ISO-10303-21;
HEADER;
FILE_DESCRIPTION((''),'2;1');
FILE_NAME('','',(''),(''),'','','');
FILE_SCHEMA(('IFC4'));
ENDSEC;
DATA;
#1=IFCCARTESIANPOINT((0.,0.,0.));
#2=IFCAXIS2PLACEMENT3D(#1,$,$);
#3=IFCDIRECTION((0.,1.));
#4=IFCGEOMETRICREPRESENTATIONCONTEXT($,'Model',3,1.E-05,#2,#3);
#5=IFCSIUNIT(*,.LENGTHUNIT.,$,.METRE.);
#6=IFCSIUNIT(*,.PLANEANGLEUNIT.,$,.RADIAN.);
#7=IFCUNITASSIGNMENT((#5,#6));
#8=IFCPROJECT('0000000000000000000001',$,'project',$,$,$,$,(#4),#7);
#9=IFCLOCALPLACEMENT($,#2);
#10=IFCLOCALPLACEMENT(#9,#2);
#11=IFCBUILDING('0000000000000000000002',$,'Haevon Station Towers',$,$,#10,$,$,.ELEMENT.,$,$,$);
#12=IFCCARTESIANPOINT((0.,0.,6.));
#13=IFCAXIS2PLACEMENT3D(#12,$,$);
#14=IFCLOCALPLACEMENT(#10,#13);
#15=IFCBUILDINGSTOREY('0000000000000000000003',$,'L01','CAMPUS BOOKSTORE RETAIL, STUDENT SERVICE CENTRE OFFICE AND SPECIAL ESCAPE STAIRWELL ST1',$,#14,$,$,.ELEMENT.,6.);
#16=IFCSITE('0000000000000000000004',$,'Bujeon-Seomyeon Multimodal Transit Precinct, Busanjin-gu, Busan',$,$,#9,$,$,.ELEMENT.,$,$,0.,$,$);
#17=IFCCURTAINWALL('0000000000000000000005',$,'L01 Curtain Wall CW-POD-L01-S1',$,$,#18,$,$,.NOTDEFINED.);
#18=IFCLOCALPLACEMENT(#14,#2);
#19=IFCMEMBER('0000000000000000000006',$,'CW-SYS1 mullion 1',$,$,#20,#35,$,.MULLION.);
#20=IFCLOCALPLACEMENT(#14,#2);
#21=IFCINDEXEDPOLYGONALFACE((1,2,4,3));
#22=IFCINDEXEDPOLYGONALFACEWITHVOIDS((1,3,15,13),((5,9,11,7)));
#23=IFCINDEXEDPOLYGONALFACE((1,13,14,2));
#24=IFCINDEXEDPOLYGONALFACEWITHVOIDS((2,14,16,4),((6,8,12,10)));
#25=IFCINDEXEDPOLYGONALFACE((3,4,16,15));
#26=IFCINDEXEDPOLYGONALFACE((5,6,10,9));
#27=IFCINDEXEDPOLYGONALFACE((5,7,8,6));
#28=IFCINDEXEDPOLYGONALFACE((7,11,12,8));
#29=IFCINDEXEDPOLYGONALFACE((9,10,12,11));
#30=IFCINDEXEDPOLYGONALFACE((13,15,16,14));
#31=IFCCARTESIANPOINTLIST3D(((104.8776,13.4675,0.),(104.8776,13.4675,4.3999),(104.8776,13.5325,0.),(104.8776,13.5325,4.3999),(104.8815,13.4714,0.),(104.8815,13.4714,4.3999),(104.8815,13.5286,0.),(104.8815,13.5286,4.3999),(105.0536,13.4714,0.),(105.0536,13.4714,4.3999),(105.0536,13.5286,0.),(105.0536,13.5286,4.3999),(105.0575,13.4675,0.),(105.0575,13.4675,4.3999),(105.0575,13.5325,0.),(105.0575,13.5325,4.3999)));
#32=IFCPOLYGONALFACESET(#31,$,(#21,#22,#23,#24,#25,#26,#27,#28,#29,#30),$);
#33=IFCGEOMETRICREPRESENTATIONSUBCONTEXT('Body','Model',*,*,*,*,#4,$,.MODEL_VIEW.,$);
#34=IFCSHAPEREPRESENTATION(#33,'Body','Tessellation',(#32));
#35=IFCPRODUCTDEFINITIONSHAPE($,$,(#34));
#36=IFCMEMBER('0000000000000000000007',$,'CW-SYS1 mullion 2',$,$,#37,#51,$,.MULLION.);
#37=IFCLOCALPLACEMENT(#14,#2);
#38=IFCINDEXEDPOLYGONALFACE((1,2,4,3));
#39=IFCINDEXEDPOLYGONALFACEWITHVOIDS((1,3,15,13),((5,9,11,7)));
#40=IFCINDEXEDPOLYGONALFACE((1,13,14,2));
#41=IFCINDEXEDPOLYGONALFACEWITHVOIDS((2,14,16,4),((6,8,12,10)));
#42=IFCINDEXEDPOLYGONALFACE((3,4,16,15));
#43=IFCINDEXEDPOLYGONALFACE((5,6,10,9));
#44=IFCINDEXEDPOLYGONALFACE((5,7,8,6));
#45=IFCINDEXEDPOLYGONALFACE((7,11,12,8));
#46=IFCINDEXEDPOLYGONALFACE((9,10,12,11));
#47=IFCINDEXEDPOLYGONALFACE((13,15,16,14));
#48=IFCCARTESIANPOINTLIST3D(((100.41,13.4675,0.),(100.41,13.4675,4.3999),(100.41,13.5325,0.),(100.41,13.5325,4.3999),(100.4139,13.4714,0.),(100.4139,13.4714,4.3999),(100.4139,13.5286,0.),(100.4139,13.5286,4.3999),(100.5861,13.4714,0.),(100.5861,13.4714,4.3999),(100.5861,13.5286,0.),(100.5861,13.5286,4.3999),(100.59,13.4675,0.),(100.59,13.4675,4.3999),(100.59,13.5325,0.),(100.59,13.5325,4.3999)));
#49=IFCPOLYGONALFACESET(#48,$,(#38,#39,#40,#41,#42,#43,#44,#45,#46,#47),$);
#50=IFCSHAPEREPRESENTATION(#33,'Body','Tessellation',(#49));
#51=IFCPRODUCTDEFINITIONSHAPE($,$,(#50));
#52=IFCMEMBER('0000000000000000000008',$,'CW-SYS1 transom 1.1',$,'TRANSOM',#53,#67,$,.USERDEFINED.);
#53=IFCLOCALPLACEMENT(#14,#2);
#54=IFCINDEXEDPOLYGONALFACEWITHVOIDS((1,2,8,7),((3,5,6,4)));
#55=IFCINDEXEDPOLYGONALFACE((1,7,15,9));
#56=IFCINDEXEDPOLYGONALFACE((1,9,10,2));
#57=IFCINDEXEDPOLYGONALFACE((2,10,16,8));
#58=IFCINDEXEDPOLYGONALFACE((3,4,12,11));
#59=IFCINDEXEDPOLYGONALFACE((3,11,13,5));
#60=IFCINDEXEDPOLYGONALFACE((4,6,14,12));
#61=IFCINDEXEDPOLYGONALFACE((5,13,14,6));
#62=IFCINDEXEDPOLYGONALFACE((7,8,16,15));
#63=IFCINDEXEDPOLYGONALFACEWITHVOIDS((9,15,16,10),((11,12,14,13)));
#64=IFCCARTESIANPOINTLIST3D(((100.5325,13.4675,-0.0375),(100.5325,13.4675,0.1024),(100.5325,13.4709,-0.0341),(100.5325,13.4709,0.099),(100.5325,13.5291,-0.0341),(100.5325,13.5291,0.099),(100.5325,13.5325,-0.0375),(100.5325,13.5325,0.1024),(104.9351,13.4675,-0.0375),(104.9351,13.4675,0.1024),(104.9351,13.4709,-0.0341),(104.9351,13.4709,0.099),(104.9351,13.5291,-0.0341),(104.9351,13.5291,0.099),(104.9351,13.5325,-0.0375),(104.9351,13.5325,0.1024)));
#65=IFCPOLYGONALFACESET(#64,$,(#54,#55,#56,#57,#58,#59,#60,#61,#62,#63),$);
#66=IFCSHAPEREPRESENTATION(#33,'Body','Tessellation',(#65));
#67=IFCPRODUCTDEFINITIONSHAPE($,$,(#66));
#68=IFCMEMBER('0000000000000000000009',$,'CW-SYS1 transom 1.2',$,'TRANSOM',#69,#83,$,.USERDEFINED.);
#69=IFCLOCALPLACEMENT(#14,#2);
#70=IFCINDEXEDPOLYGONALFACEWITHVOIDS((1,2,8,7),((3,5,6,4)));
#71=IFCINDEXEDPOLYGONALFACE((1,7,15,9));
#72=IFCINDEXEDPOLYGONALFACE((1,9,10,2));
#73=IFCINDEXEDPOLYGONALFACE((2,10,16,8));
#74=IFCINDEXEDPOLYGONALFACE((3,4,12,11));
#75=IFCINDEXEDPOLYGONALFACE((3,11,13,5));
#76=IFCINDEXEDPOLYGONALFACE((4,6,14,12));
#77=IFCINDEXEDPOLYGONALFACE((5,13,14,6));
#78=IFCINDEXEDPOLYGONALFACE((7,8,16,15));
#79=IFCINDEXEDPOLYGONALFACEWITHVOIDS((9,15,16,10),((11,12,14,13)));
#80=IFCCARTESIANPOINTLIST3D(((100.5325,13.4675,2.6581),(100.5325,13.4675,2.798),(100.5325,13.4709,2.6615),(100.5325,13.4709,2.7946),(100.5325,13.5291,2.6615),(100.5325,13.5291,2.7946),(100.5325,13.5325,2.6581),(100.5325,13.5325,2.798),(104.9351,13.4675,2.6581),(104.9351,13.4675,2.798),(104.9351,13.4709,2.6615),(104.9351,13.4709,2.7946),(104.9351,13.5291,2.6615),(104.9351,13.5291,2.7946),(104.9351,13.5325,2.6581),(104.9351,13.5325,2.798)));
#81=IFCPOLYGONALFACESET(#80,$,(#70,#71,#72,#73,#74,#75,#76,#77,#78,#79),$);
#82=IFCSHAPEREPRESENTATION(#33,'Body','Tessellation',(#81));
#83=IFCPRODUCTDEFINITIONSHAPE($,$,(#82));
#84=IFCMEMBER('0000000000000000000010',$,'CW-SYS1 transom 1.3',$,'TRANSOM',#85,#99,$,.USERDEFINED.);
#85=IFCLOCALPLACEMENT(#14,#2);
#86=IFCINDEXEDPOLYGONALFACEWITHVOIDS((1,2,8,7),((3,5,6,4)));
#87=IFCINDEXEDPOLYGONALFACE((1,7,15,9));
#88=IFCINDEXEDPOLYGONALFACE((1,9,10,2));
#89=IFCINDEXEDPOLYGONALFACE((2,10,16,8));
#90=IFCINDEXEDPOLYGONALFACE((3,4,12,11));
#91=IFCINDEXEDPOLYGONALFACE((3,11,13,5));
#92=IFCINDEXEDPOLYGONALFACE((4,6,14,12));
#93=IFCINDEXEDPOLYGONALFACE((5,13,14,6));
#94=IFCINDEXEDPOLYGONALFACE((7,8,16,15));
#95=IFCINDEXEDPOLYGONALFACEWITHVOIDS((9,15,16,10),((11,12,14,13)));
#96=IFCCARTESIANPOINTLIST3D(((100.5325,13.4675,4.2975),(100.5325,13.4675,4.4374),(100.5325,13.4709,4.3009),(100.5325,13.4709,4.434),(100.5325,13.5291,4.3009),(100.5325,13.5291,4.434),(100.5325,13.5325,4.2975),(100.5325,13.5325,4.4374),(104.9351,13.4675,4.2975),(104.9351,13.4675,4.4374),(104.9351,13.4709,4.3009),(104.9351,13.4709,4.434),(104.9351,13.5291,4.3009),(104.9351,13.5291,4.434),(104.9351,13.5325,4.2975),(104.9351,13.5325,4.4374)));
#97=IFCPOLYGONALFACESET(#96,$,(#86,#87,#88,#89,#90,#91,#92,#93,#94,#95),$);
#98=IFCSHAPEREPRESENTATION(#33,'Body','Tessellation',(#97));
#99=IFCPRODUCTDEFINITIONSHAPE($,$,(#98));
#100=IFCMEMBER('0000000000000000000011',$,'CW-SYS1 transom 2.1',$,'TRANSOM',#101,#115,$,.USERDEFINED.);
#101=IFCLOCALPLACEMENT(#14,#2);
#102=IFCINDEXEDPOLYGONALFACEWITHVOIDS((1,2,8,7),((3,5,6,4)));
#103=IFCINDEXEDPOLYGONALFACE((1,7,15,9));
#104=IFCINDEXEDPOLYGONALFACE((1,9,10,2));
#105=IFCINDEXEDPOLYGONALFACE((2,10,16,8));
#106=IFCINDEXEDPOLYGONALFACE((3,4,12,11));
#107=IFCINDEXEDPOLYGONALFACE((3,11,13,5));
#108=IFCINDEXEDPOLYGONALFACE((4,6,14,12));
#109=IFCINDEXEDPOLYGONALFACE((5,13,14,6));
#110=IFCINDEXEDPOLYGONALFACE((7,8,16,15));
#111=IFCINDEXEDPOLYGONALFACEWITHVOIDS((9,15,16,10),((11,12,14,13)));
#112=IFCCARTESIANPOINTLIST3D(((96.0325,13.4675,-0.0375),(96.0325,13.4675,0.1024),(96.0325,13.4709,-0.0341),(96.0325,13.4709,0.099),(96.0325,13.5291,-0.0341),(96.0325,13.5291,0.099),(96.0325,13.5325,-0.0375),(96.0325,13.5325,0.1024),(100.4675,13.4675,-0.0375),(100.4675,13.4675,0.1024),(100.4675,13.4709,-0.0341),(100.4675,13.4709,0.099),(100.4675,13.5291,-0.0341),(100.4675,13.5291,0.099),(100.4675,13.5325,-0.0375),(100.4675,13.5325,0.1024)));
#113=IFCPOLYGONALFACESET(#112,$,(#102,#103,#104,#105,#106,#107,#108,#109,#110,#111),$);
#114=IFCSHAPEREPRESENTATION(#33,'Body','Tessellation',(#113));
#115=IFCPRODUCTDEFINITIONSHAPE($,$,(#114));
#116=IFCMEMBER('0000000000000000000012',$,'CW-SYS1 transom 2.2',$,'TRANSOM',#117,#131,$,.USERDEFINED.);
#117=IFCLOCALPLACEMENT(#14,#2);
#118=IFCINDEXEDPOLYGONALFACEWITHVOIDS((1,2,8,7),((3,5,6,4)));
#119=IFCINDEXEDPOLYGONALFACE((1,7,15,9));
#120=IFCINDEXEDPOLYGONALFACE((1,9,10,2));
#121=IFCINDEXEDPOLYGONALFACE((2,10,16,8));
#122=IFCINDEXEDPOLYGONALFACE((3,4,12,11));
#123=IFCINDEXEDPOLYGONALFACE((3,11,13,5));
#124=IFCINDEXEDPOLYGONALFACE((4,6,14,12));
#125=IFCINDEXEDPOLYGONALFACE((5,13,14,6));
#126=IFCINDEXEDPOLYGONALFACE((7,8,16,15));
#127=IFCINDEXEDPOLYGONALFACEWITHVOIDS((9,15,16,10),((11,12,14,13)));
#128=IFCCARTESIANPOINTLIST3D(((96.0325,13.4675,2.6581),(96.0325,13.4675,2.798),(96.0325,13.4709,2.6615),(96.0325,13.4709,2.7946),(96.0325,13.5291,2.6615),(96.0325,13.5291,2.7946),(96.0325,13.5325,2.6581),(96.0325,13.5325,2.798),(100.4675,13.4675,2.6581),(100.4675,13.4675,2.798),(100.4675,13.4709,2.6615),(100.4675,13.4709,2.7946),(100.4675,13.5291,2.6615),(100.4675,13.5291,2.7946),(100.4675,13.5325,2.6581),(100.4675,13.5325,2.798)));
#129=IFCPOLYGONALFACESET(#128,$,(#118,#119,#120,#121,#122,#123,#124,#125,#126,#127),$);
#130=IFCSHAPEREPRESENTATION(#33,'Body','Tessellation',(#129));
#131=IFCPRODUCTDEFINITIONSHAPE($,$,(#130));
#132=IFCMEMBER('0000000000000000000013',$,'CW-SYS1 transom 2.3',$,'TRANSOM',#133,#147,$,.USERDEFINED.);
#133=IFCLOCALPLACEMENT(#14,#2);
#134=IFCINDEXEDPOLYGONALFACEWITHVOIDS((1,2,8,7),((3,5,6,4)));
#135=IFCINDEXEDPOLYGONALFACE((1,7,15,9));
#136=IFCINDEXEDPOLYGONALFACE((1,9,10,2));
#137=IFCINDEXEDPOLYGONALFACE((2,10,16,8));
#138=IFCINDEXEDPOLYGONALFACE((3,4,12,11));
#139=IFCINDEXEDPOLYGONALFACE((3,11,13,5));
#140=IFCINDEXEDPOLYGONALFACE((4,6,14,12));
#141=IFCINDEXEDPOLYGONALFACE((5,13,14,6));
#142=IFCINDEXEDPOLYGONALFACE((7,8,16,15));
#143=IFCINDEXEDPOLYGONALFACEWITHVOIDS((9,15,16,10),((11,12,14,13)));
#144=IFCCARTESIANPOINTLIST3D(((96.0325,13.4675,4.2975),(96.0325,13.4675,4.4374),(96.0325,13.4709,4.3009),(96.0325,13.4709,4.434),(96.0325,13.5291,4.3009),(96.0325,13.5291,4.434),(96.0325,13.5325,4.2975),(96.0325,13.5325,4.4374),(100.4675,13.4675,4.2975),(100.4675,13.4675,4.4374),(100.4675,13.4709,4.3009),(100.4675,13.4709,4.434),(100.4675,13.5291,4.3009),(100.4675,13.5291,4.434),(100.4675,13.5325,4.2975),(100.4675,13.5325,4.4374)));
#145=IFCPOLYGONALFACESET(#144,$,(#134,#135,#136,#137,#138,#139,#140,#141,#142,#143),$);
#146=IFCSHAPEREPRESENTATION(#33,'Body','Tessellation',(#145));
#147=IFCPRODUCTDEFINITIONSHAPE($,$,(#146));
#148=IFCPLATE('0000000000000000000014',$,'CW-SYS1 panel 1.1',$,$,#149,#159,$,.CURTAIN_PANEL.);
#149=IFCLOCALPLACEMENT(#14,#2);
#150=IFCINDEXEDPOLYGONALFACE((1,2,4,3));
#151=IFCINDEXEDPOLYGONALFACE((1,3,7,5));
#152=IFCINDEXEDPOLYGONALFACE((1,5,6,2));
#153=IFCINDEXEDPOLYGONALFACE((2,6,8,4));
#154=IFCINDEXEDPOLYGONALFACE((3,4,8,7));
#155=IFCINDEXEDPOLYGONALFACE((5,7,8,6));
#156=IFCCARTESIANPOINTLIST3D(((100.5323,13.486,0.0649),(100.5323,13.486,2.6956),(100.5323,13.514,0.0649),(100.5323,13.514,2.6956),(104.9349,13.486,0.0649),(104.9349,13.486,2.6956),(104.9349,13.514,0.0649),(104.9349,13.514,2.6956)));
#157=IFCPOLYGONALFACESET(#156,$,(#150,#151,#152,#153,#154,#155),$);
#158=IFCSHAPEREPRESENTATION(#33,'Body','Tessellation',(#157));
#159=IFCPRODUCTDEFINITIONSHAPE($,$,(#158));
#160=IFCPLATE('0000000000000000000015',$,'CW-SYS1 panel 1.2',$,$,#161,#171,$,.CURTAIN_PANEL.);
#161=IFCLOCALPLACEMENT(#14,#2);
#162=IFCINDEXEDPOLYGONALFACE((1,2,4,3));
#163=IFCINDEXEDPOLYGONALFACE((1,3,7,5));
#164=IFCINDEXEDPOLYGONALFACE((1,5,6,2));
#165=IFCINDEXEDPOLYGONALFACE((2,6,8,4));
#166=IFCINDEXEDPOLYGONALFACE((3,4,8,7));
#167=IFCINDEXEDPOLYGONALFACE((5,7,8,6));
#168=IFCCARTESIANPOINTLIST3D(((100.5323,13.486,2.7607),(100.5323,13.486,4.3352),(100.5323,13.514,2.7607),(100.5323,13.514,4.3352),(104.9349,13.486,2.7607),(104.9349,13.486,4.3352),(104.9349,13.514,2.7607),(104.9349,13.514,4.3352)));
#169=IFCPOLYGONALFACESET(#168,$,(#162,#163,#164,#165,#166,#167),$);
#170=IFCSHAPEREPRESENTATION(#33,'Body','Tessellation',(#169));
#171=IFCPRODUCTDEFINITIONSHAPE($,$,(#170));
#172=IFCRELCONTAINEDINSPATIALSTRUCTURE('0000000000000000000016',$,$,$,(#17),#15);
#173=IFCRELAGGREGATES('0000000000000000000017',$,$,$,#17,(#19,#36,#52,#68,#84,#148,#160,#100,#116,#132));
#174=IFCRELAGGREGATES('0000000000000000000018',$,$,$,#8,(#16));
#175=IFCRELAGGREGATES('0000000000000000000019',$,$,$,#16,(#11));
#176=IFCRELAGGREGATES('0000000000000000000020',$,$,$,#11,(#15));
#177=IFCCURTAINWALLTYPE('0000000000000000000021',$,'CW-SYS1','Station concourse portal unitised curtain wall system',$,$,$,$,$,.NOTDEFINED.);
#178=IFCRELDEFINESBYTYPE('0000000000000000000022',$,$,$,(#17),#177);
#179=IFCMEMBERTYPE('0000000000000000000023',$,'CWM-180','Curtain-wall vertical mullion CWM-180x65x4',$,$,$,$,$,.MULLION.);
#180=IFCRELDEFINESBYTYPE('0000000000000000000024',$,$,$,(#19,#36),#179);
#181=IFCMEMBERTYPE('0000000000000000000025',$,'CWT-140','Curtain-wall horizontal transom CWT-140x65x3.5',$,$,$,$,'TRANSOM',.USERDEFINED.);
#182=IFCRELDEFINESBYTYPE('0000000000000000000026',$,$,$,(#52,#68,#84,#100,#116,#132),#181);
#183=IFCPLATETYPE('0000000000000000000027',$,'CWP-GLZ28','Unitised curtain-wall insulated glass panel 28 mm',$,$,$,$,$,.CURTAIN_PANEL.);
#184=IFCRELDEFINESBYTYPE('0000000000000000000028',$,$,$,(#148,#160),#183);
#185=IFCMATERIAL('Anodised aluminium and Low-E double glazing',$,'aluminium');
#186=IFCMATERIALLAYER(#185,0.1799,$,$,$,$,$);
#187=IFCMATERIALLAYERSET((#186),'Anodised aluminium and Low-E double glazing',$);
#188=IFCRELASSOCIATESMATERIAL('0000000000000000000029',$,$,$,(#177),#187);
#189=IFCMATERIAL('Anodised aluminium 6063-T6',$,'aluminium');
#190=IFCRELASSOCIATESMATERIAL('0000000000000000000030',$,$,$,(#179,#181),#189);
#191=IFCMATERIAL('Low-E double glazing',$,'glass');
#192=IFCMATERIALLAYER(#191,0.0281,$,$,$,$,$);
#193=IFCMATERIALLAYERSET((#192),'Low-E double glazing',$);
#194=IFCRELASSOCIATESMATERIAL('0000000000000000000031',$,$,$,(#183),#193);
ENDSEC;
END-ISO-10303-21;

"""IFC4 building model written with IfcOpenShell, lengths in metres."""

from ifc_helpers import new_model, si_unit, direction, frame, origin, origin_2d, place, context, subcontext, project, spatial, rectangle, hollow_rectangle, extrude, material, layer, layer_set, material_profile, profile_set, type_object, element, aggregate, save


model = new_model("IFC4")

# Units and contexts
model_context = context("Model", 3, precision=1e-05, world=origin(), true_north=direction((0.0, 1.0)))
body_context = subcontext(model_context, "Body", "Model", "MODEL_VIEW")
ifc_project = project(units=[si_unit("LENGTHUNIT", "METRE"), si_unit("PLANEANGLEUNIT", "RADIAN")], contexts=[model_context])

# Site, building, storey
site_placement = place(None, origin())
site = spatial("IfcSite", under=ifc_project, at=site_placement, Name="Bujeon-Seomyeon Multimodal Transit Precinct, Busanjin-gu, Busan", CompositionType="ELEMENT", RefElevation=0.0)
building_placement = place(site_placement, origin())
building = spatial("IfcBuilding", under=site, at=building_placement, Name="Haevon Station Towers", CompositionType="ELEMENT")
storey_placement = place(building_placement, frame((0.0, 0.0, 6.0)))
storey = spatial("IfcBuildingStorey", under=building, at=storey_placement, Name="L01", Description="CAMPUS BOOKSTORE RETAIL, STUDENT SERVICE CENTRE OFFICE AND SPECIAL ESCAPE STAIRWELL ST1", CompositionType="ELEMENT", Elevation=6.0)

# Curtain wall, members, plates
ifc_material_1 = material(Name="Anodised aluminium and Low-E double glazing", Category="aluminium")
ifc_layer_1 = layer(ifc_material_1, 0.1799)
ifc_layer_set_1 = layer_set([ifc_layer_1], Name="Anodised aluminium and Low-E double glazing")
curtain_wall_type = type_object("IfcCurtainWallType", Name="CW-SYS1", Description="Station concourse portal unitised curtain wall system", PredefinedType="NOTDEFINED", material=ifc_layer_set_1)
curtain_wall_placement = place(storey_placement, origin())
curtain_wall = element("IfcCurtainWall", 1, at=curtain_wall_placement, inside=storey, type_object=curtain_wall_type, Name="L01 Curtain Wall CW-POD-L01-S1", PredefinedType="NOTDEFINED")
ifc_material_2 = material(Name="Anodised aluminium 6063-T6", Category="aluminium")
ifc_material_profile_1 = material_profile(ifc_material_2, hollow_rectangle(XDim=0.0649, YDim=0.1799, WallThickness=0.0039, at=origin_2d()), Name="CWM-180x65x4")
ifc_profile_set_1 = profile_set([ifc_material_profile_1], Name="Anodised aluminium 6063-T6")
member_type_1 = type_object("IfcMemberType", Name="CWM-180", Description="Curtain-wall vertical mullion CWM-180x65x4", PredefinedType="MULLION", material=ifc_profile_set_1)
member_1_placement = place(storey_placement, frame((104.9675, 13.5, 0.0), z_axis=(0.0, 0.0, 1.0), x_axis=(0.0, -1.0, 0.0)))
member_1 = element("IfcMember", 2, at=member_1_placement, type_object=member_type_1, Name="CW-SYS1 mullion 1", PredefinedType="MULLION", context=body_context, shape_type="SweptSolid", body=[
    extrude(hollow_rectangle(XDim=0.0649, YDim=0.1799, WallThickness=0.0039, at=origin_2d()), origin(), (0.0, 0.0, 1.0), 4.3999),
])
member_2_placement = place(storey_placement, frame((100.5, 13.5, 0.0), z_axis=(0.0, 0.0, 1.0), x_axis=(0.0, -1.0, 0.0)))
member_2 = element("IfcMember", 3, at=member_2_placement, type_object=member_type_1, Name="CW-SYS1 mullion 2", PredefinedType="MULLION", context=body_context, shape_type="SweptSolid", body=[
    extrude(hollow_rectangle(XDim=0.0649, YDim=0.1799, WallThickness=0.0039, at=origin_2d()), origin(), (0.0, 0.0, 1.0), 4.3999),
])
ifc_material_profile_2 = material_profile(ifc_material_2, hollow_rectangle(XDim=0.0649, YDim=0.1399, WallThickness=0.0034, at=origin_2d()), Name="CWT-140x65x3.5")
ifc_profile_set_2 = profile_set([ifc_material_profile_2], Name="Anodised aluminium 6063-T6")
member_type_2 = type_object("IfcMemberType", Name="CWT-140", Description="Curtain-wall horizontal transom CWT-140x65x3.5", ElementType="TRANSOM", PredefinedType="USERDEFINED", material=ifc_profile_set_2)
member_3_placement = place(storey_placement, frame((104.9351, 13.5, 0.0325), z_axis=(-1.0, 0.0, 0.0), x_axis=(0.0, -1.0, 0.0)))
member_3 = element("IfcMember", 4, at=member_3_placement, type_object=member_type_2, Name="CW-SYS1 transom 1.1", ObjectType="TRANSOM", PredefinedType="USERDEFINED", context=body_context, shape_type="SweptSolid", body=[
    extrude(hollow_rectangle(XDim=0.0649, YDim=0.1399, WallThickness=0.0034, at=origin_2d()), origin(), (0.0, 0.0, 1.0), 4.4026),
])
member_4_placement = place(storey_placement, frame((104.9351, 13.5, 2.728), z_axis=(-1.0, 0.0, 0.0), x_axis=(0.0, -1.0, 0.0)))
member_4 = element("IfcMember", 5, at=member_4_placement, type_object=member_type_2, Name="CW-SYS1 transom 1.2", ObjectType="TRANSOM", PredefinedType="USERDEFINED", context=body_context, shape_type="SweptSolid", body=[
    extrude(hollow_rectangle(XDim=0.0649, YDim=0.1399, WallThickness=0.0034, at=origin_2d()), origin(), (0.0, 0.0, 1.0), 4.4026),
])
member_5_placement = place(storey_placement, frame((104.9351, 13.5, 4.3674), z_axis=(-1.0, 0.0, 0.0), x_axis=(0.0, -1.0, 0.0)))
member_5 = element("IfcMember", 6, at=member_5_placement, type_object=member_type_2, Name="CW-SYS1 transom 1.3", ObjectType="TRANSOM", PredefinedType="USERDEFINED", context=body_context, shape_type="SweptSolid", body=[
    extrude(hollow_rectangle(XDim=0.0649, YDim=0.1399, WallThickness=0.0034, at=origin_2d()), origin(), (0.0, 0.0, 1.0), 4.4026),
])
member_6_placement = place(storey_placement, frame((100.4675, 13.5, 0.0325), z_axis=(-1.0, 0.0, 0.0), x_axis=(0.0, -1.0, 0.0)))
member_6 = element("IfcMember", 7, at=member_6_placement, type_object=member_type_2, Name="CW-SYS1 transom 2.1", ObjectType="TRANSOM", PredefinedType="USERDEFINED", context=body_context, shape_type="SweptSolid", body=[
    extrude(hollow_rectangle(XDim=0.0649, YDim=0.1399, WallThickness=0.0034, at=origin_2d()), origin(), (0.0, 0.0, 1.0), 4.4351),
])
member_7_placement = place(storey_placement, frame((100.4675, 13.5, 2.728), z_axis=(-1.0, 0.0, 0.0), x_axis=(0.0, -1.0, 0.0)))
member_7 = element("IfcMember", 8, at=member_7_placement, type_object=member_type_2, Name="CW-SYS1 transom 2.2", ObjectType="TRANSOM", PredefinedType="USERDEFINED", context=body_context, shape_type="SweptSolid", body=[
    extrude(hollow_rectangle(XDim=0.0649, YDim=0.1399, WallThickness=0.0034, at=origin_2d()), origin(), (0.0, 0.0, 1.0), 4.4351),
])
member_8_placement = place(storey_placement, frame((100.4675, 13.5, 4.3674), z_axis=(-1.0, 0.0, 0.0), x_axis=(0.0, -1.0, 0.0)))
member_8 = element("IfcMember", 9, at=member_8_placement, type_object=member_type_2, Name="CW-SYS1 transom 2.3", ObjectType="TRANSOM", PredefinedType="USERDEFINED", context=body_context, shape_type="SweptSolid", body=[
    extrude(hollow_rectangle(XDim=0.0649, YDim=0.1399, WallThickness=0.0034, at=origin_2d()), origin(), (0.0, 0.0, 1.0), 4.4351),
])
ifc_material_3 = material(Name="Low-E double glazing", Category="glass")
ifc_layer_2 = layer(ifc_material_3, 0.0281)
ifc_layer_set_2 = layer_set([ifc_layer_2], Name="Low-E double glazing")
plate_type = type_object("IfcPlateType", Name="CWP-GLZ28", Description="Unitised curtain-wall insulated glass panel 28 mm", PredefinedType="CURTAIN_PANEL", material=ifc_layer_set_2)
plate_1_placement = place(storey_placement, frame((102.7336, 13.5, 0.0649), z_axis=(0.0, 0.0, 1.0), x_axis=(-1.0, 0.0, 0.0)))
plate_1 = element("IfcPlate", 10, at=plate_1_placement, type_object=plate_type, Name="CW-SYS1 panel 1.1", PredefinedType="CURTAIN_PANEL", context=body_context, shape_type="SweptSolid", body=[
    extrude(rectangle(XDim=4.4026, YDim=0.0281, at=origin_2d()), origin(), (0.0, 0.0, 1.0), 2.6306),
])
plate_2_placement = place(storey_placement, frame((102.7336, 13.5, 2.7607), z_axis=(0.0, 0.0, 1.0), x_axis=(-1.0, 0.0, 0.0)))
plate_2 = element("IfcPlate", 11, at=plate_2_placement, type_object=plate_type, Name="CW-SYS1 panel 1.2", PredefinedType="CURTAIN_PANEL", context=body_context, shape_type="SweptSolid", body=[
    extrude(rectangle(XDim=4.4026, YDim=0.0281, at=origin_2d()), origin(), (0.0, 0.0, 1.0), 1.5745),
])
aggregate(curtain_wall, [member_1, member_2, member_3, member_4, member_5, plate_1, plate_2, member_6, member_7, member_8])

save(model, "model.ifc")
